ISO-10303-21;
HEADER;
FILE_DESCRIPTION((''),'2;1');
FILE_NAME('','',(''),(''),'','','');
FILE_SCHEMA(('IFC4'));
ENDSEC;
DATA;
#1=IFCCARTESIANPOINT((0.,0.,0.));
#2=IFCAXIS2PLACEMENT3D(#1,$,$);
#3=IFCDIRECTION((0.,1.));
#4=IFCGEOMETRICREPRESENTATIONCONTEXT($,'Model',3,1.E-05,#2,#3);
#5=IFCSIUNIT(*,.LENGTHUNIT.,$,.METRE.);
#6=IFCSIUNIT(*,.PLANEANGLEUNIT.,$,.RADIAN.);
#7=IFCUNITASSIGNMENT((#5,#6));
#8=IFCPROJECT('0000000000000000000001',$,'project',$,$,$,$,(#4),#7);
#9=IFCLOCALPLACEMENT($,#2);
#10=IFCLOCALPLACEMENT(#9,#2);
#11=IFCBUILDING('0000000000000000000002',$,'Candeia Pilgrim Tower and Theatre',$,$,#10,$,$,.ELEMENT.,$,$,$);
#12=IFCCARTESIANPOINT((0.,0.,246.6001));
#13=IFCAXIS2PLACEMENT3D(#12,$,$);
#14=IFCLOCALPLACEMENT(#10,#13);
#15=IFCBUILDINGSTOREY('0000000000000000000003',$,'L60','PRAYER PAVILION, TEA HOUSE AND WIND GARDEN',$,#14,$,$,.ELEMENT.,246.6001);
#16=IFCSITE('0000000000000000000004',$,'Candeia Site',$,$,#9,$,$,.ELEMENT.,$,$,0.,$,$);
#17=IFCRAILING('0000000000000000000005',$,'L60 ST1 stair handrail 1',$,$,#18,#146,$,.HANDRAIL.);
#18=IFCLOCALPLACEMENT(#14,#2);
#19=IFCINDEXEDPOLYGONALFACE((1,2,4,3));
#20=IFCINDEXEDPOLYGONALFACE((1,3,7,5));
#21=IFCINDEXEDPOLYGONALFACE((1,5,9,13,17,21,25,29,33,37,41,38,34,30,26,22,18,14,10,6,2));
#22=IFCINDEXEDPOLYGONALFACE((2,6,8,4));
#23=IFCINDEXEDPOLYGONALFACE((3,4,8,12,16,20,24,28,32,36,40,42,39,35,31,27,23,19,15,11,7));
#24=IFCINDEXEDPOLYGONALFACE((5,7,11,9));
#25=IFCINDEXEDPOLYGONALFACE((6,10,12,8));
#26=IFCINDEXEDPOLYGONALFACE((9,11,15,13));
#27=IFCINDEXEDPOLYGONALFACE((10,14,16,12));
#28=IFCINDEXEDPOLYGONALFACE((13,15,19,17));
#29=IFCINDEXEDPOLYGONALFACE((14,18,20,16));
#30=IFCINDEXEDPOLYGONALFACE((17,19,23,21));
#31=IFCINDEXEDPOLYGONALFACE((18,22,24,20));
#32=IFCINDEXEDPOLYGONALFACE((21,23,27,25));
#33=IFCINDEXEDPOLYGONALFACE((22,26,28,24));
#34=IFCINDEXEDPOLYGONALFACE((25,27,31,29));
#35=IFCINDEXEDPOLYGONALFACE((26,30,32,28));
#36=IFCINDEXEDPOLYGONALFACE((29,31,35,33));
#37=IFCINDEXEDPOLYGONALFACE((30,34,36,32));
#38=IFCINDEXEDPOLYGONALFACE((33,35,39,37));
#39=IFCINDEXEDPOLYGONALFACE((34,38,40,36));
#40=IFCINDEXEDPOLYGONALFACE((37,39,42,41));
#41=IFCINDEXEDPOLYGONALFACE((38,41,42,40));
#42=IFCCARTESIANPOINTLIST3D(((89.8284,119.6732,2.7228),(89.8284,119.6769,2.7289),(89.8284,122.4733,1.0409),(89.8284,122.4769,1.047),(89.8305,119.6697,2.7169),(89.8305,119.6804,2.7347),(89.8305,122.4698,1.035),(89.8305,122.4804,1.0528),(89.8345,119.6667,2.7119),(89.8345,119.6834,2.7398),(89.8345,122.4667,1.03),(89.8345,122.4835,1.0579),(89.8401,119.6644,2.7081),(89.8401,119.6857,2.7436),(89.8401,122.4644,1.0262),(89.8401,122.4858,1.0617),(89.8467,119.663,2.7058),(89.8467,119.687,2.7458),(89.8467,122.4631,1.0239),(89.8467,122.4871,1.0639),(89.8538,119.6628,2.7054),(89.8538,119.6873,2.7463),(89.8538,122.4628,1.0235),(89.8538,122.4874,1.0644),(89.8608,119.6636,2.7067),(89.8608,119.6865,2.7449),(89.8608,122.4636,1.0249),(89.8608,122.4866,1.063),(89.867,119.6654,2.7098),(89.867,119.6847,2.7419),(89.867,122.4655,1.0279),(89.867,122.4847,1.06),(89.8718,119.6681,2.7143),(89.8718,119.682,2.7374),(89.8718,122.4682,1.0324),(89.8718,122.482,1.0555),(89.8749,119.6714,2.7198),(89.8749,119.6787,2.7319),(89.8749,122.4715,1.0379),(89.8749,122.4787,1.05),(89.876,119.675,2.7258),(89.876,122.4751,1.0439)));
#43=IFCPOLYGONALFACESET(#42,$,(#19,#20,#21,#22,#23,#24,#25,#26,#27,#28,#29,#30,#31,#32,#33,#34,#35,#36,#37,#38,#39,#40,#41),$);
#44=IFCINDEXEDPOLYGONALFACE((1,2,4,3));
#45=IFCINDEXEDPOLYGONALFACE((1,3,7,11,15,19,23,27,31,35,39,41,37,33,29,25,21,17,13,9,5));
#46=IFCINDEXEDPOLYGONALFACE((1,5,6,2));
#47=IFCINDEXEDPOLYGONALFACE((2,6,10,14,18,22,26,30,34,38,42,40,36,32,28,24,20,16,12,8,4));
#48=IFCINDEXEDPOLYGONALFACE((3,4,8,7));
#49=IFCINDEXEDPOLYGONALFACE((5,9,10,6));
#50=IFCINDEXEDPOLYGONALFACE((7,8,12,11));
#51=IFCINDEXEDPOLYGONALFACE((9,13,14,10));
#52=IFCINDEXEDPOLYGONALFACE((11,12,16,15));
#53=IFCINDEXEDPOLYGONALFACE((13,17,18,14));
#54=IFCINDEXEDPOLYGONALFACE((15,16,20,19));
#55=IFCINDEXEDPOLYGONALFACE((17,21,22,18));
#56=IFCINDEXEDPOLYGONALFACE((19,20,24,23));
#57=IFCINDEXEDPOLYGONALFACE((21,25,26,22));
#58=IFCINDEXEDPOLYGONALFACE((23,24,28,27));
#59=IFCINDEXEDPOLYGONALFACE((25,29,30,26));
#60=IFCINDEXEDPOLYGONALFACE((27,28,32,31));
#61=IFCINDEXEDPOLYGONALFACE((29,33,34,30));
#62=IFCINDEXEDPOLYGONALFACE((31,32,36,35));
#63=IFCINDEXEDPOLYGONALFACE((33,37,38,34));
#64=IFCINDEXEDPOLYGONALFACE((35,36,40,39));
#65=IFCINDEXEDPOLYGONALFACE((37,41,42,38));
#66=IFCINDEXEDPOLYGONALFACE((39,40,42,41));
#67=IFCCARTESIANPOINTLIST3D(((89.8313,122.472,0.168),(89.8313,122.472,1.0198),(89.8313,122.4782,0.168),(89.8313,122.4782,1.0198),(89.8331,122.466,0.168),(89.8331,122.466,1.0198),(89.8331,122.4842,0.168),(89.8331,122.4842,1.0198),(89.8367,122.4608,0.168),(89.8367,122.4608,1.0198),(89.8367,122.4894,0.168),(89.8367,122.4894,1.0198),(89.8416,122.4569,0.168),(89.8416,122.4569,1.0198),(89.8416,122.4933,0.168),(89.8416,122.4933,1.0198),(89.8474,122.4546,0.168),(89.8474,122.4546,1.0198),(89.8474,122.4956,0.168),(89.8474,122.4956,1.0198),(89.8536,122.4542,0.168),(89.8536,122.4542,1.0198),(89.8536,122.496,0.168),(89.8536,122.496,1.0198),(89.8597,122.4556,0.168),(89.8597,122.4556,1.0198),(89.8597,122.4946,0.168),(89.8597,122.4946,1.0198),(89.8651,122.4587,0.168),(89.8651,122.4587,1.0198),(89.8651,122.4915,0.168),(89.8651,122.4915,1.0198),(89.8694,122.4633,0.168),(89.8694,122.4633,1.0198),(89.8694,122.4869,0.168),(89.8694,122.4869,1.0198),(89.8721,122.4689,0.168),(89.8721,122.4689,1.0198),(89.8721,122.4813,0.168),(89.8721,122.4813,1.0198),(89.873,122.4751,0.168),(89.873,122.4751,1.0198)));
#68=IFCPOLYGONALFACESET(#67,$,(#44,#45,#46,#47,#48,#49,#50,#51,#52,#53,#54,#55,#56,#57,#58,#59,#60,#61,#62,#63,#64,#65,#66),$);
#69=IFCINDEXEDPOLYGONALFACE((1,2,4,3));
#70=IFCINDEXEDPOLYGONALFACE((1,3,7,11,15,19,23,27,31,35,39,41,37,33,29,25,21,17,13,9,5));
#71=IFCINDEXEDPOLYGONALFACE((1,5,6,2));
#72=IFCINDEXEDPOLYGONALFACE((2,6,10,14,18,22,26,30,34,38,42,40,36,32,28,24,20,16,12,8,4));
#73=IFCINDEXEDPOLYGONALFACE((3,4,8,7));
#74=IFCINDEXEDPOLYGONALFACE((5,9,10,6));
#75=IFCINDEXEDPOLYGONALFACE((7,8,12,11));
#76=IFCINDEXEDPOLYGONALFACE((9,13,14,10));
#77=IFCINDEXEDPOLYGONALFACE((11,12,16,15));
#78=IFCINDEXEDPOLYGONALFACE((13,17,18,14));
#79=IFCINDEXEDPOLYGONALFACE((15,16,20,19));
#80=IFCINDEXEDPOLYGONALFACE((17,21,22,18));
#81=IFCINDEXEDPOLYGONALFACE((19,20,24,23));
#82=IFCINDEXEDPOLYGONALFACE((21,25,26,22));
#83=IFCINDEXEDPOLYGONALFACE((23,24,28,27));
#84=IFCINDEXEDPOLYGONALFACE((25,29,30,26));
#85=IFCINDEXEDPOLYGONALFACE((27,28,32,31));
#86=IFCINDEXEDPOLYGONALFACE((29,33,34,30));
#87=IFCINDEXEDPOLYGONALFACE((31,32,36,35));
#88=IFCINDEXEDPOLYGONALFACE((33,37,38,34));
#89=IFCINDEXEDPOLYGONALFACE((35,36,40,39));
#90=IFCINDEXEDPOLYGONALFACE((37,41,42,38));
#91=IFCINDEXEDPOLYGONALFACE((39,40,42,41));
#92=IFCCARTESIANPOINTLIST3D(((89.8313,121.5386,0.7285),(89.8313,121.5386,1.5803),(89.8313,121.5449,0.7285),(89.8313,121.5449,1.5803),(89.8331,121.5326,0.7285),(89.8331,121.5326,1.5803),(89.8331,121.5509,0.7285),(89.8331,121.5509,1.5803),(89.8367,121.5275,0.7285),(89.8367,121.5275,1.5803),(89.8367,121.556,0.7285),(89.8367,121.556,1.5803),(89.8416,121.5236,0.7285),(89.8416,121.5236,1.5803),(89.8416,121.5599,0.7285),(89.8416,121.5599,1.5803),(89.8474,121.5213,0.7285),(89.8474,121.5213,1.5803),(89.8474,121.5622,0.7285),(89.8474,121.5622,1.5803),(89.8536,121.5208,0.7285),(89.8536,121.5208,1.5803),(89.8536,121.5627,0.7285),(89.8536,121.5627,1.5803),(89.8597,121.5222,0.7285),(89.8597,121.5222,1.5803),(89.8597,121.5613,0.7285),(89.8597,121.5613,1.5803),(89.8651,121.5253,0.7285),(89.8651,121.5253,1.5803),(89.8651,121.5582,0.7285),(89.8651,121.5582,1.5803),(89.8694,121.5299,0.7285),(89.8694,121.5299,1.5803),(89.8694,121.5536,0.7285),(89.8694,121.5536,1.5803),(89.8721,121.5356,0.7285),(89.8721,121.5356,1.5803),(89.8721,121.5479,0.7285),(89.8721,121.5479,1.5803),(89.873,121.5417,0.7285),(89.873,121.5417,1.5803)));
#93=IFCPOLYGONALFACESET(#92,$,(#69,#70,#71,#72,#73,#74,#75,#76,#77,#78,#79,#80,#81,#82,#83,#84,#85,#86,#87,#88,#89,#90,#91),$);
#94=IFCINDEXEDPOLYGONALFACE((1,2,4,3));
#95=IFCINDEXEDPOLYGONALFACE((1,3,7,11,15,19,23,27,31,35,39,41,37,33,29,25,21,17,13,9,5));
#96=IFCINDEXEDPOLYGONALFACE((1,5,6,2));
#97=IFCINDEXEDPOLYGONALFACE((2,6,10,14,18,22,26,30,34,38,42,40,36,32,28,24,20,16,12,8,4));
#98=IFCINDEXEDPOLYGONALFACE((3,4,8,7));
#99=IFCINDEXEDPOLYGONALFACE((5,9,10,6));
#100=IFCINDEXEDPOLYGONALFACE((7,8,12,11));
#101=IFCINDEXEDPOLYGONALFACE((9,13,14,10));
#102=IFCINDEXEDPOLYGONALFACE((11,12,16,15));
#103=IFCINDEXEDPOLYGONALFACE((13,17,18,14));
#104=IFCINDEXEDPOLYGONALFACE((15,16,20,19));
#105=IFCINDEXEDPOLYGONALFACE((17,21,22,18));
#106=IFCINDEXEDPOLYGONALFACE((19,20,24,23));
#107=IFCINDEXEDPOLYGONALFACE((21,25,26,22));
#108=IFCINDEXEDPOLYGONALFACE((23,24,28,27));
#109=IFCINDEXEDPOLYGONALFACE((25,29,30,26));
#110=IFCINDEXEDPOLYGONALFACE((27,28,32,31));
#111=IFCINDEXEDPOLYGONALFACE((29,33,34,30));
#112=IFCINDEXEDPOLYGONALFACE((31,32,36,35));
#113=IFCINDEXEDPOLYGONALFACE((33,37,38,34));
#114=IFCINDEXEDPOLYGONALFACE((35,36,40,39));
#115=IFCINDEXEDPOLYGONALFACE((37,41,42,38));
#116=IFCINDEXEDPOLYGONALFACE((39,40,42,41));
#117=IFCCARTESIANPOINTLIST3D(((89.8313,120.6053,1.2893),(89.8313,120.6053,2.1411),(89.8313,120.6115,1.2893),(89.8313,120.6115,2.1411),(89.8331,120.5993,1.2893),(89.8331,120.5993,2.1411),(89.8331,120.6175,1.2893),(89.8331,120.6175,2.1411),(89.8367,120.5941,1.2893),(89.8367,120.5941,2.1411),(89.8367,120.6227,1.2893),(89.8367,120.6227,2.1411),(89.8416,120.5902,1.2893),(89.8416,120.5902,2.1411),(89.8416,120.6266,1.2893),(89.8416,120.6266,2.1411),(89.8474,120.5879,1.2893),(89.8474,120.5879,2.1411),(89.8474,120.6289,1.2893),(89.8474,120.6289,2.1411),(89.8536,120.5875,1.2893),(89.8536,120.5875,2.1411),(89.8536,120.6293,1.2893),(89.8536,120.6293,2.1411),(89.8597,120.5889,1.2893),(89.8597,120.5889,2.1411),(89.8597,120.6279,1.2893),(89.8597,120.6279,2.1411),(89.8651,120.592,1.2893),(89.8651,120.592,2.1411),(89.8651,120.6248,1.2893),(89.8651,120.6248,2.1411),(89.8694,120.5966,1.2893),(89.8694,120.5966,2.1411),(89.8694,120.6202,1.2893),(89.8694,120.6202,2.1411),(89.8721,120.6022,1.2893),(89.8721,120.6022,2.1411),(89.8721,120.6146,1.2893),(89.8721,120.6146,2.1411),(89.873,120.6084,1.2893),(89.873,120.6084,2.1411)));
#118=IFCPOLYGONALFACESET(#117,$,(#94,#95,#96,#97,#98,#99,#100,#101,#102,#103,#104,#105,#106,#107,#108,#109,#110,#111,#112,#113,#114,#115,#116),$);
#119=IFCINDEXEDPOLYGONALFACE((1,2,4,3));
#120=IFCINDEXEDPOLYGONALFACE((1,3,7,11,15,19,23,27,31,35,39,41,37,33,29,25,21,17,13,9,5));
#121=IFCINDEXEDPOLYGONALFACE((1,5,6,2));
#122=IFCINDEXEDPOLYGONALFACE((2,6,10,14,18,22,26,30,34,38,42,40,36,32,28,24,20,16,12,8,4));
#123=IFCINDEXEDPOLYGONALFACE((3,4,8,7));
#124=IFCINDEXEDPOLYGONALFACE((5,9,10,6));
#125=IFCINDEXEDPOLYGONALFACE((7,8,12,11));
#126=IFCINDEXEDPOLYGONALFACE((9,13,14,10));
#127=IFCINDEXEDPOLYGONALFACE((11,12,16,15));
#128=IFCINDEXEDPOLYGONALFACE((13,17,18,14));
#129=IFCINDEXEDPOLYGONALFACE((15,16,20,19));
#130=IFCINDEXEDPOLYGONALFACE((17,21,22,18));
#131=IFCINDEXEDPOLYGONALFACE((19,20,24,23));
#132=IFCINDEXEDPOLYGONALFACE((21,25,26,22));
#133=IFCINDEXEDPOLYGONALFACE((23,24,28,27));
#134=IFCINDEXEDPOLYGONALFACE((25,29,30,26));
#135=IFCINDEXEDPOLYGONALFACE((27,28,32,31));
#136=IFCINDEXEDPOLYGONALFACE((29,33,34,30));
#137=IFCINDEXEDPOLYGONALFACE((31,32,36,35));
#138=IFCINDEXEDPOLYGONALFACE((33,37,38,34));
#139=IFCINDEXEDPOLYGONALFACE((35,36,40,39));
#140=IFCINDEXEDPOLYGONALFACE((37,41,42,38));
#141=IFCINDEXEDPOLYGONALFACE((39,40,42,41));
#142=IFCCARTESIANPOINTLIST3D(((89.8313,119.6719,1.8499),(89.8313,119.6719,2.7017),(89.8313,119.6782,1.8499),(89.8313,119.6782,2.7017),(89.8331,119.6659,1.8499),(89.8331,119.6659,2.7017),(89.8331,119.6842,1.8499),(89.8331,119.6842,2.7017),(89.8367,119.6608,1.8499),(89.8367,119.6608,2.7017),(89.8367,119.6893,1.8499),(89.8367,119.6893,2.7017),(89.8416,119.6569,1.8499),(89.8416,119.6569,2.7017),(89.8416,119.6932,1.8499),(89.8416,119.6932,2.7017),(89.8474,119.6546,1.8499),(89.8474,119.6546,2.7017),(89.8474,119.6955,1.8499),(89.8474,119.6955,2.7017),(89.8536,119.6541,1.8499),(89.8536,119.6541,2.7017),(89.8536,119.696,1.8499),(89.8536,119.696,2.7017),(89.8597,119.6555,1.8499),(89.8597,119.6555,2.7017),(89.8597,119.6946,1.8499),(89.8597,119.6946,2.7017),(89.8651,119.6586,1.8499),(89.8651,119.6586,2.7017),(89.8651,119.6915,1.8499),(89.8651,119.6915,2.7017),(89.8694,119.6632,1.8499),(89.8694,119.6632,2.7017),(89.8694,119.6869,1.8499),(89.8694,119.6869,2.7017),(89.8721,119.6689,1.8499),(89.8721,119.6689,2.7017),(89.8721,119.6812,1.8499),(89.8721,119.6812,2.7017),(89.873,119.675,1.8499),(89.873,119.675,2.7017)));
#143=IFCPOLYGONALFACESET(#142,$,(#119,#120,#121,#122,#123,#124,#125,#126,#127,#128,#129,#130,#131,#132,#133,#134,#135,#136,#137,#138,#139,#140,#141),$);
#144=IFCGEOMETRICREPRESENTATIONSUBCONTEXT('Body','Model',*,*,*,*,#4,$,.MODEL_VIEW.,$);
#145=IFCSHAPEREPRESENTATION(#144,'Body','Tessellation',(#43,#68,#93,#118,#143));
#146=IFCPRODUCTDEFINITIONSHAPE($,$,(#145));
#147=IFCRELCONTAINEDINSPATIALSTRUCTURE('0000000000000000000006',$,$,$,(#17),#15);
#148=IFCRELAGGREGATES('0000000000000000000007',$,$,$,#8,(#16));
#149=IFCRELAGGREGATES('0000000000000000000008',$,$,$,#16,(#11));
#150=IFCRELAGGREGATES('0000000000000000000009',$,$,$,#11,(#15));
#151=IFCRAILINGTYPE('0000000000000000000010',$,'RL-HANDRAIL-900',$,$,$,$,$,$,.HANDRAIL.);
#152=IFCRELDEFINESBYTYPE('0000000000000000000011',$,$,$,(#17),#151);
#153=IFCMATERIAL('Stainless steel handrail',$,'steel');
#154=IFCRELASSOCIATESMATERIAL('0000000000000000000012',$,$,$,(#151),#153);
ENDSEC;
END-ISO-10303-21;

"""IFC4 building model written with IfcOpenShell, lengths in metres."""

from ifc_helpers import new_model, si_unit, direction, frame, origin, origin_2d, place, context, subcontext, project, spatial, circle, extrude, material, type_object, element, save


model = new_model("IFC4")

# Units and contexts
model_context = context("Model", 3, precision=1e-05, world=origin(), true_north=direction((0.0, 1.0)))
body_context = subcontext(model_context, "Body", "Model", "MODEL_VIEW")
ifc_project = project(units=[si_unit("LENGTHUNIT", "METRE"), si_unit("PLANEANGLEUNIT", "RADIAN")], contexts=[model_context])

# Site, building, storey
site_placement = place(None, origin())
site = spatial("IfcSite", under=ifc_project, at=site_placement, Name="Candeia Site", CompositionType="ELEMENT", RefElevation=0.0)
building_placement = place(site_placement, origin())
building = spatial("IfcBuilding", under=site, at=building_placement, Name="Candeia Pilgrim Tower and Theatre", CompositionType="ELEMENT")
storey_placement = place(building_placement, frame((0.0, 0.0, 246.6001)))
storey = spatial("IfcBuildingStorey", under=building, at=storey_placement, Name="L60", Description="PRAYER PAVILION, TEA HOUSE AND WIND GARDEN", CompositionType="ELEMENT", Elevation=246.6001)

# Railing
ifc_material_1 = material(Name="Stainless steel handrail", Category="steel")
railing_type_1 = type_object("IfcRailingType", Name="RL-HANDRAIL-900", PredefinedType="HANDRAIL", material=ifc_material_1)
railing_1_placement = place(storey_placement, frame((89.8521, 122.4751, 0.168)))
element("IfcRailing", 1, at=railing_1_placement, inside=storey, type_object=railing_type_1, Name="L60 ST1 stair handrail 1", PredefinedType="HANDRAIL", context=body_context, shape_type="SweptSolid", body=[
    extrude(circle(Radius=0.0239, at=origin_2d()), frame((0.0, 0.0, 0.876), z_axis=(0.0, -0.857242, 0.514913), x_axis=(1.0, 0.0, 0.0)), (0.0, 0.0, 1.0), 3.2664),
    extrude(circle(Radius=0.021, at=origin_2d()), origin(), (0.0, 0.0, 1.0), 0.8518),
    extrude(circle(Radius=0.021, at=origin_2d()), frame((0.0, -0.9333, 0.5605)), (0.0, 0.0, 1.0), 0.8518),
    extrude(circle(Radius=0.021, at=origin_2d()), frame((0.0, -1.8667, 1.1213)), (0.0, 0.0, 1.0), 0.8518),
    extrude(circle(Radius=0.021, at=origin_2d()), frame((0.0, -2.8, 1.6819)), (0.0, 0.0, 1.0), 0.8518),
])

save(model, "model.ifc")
